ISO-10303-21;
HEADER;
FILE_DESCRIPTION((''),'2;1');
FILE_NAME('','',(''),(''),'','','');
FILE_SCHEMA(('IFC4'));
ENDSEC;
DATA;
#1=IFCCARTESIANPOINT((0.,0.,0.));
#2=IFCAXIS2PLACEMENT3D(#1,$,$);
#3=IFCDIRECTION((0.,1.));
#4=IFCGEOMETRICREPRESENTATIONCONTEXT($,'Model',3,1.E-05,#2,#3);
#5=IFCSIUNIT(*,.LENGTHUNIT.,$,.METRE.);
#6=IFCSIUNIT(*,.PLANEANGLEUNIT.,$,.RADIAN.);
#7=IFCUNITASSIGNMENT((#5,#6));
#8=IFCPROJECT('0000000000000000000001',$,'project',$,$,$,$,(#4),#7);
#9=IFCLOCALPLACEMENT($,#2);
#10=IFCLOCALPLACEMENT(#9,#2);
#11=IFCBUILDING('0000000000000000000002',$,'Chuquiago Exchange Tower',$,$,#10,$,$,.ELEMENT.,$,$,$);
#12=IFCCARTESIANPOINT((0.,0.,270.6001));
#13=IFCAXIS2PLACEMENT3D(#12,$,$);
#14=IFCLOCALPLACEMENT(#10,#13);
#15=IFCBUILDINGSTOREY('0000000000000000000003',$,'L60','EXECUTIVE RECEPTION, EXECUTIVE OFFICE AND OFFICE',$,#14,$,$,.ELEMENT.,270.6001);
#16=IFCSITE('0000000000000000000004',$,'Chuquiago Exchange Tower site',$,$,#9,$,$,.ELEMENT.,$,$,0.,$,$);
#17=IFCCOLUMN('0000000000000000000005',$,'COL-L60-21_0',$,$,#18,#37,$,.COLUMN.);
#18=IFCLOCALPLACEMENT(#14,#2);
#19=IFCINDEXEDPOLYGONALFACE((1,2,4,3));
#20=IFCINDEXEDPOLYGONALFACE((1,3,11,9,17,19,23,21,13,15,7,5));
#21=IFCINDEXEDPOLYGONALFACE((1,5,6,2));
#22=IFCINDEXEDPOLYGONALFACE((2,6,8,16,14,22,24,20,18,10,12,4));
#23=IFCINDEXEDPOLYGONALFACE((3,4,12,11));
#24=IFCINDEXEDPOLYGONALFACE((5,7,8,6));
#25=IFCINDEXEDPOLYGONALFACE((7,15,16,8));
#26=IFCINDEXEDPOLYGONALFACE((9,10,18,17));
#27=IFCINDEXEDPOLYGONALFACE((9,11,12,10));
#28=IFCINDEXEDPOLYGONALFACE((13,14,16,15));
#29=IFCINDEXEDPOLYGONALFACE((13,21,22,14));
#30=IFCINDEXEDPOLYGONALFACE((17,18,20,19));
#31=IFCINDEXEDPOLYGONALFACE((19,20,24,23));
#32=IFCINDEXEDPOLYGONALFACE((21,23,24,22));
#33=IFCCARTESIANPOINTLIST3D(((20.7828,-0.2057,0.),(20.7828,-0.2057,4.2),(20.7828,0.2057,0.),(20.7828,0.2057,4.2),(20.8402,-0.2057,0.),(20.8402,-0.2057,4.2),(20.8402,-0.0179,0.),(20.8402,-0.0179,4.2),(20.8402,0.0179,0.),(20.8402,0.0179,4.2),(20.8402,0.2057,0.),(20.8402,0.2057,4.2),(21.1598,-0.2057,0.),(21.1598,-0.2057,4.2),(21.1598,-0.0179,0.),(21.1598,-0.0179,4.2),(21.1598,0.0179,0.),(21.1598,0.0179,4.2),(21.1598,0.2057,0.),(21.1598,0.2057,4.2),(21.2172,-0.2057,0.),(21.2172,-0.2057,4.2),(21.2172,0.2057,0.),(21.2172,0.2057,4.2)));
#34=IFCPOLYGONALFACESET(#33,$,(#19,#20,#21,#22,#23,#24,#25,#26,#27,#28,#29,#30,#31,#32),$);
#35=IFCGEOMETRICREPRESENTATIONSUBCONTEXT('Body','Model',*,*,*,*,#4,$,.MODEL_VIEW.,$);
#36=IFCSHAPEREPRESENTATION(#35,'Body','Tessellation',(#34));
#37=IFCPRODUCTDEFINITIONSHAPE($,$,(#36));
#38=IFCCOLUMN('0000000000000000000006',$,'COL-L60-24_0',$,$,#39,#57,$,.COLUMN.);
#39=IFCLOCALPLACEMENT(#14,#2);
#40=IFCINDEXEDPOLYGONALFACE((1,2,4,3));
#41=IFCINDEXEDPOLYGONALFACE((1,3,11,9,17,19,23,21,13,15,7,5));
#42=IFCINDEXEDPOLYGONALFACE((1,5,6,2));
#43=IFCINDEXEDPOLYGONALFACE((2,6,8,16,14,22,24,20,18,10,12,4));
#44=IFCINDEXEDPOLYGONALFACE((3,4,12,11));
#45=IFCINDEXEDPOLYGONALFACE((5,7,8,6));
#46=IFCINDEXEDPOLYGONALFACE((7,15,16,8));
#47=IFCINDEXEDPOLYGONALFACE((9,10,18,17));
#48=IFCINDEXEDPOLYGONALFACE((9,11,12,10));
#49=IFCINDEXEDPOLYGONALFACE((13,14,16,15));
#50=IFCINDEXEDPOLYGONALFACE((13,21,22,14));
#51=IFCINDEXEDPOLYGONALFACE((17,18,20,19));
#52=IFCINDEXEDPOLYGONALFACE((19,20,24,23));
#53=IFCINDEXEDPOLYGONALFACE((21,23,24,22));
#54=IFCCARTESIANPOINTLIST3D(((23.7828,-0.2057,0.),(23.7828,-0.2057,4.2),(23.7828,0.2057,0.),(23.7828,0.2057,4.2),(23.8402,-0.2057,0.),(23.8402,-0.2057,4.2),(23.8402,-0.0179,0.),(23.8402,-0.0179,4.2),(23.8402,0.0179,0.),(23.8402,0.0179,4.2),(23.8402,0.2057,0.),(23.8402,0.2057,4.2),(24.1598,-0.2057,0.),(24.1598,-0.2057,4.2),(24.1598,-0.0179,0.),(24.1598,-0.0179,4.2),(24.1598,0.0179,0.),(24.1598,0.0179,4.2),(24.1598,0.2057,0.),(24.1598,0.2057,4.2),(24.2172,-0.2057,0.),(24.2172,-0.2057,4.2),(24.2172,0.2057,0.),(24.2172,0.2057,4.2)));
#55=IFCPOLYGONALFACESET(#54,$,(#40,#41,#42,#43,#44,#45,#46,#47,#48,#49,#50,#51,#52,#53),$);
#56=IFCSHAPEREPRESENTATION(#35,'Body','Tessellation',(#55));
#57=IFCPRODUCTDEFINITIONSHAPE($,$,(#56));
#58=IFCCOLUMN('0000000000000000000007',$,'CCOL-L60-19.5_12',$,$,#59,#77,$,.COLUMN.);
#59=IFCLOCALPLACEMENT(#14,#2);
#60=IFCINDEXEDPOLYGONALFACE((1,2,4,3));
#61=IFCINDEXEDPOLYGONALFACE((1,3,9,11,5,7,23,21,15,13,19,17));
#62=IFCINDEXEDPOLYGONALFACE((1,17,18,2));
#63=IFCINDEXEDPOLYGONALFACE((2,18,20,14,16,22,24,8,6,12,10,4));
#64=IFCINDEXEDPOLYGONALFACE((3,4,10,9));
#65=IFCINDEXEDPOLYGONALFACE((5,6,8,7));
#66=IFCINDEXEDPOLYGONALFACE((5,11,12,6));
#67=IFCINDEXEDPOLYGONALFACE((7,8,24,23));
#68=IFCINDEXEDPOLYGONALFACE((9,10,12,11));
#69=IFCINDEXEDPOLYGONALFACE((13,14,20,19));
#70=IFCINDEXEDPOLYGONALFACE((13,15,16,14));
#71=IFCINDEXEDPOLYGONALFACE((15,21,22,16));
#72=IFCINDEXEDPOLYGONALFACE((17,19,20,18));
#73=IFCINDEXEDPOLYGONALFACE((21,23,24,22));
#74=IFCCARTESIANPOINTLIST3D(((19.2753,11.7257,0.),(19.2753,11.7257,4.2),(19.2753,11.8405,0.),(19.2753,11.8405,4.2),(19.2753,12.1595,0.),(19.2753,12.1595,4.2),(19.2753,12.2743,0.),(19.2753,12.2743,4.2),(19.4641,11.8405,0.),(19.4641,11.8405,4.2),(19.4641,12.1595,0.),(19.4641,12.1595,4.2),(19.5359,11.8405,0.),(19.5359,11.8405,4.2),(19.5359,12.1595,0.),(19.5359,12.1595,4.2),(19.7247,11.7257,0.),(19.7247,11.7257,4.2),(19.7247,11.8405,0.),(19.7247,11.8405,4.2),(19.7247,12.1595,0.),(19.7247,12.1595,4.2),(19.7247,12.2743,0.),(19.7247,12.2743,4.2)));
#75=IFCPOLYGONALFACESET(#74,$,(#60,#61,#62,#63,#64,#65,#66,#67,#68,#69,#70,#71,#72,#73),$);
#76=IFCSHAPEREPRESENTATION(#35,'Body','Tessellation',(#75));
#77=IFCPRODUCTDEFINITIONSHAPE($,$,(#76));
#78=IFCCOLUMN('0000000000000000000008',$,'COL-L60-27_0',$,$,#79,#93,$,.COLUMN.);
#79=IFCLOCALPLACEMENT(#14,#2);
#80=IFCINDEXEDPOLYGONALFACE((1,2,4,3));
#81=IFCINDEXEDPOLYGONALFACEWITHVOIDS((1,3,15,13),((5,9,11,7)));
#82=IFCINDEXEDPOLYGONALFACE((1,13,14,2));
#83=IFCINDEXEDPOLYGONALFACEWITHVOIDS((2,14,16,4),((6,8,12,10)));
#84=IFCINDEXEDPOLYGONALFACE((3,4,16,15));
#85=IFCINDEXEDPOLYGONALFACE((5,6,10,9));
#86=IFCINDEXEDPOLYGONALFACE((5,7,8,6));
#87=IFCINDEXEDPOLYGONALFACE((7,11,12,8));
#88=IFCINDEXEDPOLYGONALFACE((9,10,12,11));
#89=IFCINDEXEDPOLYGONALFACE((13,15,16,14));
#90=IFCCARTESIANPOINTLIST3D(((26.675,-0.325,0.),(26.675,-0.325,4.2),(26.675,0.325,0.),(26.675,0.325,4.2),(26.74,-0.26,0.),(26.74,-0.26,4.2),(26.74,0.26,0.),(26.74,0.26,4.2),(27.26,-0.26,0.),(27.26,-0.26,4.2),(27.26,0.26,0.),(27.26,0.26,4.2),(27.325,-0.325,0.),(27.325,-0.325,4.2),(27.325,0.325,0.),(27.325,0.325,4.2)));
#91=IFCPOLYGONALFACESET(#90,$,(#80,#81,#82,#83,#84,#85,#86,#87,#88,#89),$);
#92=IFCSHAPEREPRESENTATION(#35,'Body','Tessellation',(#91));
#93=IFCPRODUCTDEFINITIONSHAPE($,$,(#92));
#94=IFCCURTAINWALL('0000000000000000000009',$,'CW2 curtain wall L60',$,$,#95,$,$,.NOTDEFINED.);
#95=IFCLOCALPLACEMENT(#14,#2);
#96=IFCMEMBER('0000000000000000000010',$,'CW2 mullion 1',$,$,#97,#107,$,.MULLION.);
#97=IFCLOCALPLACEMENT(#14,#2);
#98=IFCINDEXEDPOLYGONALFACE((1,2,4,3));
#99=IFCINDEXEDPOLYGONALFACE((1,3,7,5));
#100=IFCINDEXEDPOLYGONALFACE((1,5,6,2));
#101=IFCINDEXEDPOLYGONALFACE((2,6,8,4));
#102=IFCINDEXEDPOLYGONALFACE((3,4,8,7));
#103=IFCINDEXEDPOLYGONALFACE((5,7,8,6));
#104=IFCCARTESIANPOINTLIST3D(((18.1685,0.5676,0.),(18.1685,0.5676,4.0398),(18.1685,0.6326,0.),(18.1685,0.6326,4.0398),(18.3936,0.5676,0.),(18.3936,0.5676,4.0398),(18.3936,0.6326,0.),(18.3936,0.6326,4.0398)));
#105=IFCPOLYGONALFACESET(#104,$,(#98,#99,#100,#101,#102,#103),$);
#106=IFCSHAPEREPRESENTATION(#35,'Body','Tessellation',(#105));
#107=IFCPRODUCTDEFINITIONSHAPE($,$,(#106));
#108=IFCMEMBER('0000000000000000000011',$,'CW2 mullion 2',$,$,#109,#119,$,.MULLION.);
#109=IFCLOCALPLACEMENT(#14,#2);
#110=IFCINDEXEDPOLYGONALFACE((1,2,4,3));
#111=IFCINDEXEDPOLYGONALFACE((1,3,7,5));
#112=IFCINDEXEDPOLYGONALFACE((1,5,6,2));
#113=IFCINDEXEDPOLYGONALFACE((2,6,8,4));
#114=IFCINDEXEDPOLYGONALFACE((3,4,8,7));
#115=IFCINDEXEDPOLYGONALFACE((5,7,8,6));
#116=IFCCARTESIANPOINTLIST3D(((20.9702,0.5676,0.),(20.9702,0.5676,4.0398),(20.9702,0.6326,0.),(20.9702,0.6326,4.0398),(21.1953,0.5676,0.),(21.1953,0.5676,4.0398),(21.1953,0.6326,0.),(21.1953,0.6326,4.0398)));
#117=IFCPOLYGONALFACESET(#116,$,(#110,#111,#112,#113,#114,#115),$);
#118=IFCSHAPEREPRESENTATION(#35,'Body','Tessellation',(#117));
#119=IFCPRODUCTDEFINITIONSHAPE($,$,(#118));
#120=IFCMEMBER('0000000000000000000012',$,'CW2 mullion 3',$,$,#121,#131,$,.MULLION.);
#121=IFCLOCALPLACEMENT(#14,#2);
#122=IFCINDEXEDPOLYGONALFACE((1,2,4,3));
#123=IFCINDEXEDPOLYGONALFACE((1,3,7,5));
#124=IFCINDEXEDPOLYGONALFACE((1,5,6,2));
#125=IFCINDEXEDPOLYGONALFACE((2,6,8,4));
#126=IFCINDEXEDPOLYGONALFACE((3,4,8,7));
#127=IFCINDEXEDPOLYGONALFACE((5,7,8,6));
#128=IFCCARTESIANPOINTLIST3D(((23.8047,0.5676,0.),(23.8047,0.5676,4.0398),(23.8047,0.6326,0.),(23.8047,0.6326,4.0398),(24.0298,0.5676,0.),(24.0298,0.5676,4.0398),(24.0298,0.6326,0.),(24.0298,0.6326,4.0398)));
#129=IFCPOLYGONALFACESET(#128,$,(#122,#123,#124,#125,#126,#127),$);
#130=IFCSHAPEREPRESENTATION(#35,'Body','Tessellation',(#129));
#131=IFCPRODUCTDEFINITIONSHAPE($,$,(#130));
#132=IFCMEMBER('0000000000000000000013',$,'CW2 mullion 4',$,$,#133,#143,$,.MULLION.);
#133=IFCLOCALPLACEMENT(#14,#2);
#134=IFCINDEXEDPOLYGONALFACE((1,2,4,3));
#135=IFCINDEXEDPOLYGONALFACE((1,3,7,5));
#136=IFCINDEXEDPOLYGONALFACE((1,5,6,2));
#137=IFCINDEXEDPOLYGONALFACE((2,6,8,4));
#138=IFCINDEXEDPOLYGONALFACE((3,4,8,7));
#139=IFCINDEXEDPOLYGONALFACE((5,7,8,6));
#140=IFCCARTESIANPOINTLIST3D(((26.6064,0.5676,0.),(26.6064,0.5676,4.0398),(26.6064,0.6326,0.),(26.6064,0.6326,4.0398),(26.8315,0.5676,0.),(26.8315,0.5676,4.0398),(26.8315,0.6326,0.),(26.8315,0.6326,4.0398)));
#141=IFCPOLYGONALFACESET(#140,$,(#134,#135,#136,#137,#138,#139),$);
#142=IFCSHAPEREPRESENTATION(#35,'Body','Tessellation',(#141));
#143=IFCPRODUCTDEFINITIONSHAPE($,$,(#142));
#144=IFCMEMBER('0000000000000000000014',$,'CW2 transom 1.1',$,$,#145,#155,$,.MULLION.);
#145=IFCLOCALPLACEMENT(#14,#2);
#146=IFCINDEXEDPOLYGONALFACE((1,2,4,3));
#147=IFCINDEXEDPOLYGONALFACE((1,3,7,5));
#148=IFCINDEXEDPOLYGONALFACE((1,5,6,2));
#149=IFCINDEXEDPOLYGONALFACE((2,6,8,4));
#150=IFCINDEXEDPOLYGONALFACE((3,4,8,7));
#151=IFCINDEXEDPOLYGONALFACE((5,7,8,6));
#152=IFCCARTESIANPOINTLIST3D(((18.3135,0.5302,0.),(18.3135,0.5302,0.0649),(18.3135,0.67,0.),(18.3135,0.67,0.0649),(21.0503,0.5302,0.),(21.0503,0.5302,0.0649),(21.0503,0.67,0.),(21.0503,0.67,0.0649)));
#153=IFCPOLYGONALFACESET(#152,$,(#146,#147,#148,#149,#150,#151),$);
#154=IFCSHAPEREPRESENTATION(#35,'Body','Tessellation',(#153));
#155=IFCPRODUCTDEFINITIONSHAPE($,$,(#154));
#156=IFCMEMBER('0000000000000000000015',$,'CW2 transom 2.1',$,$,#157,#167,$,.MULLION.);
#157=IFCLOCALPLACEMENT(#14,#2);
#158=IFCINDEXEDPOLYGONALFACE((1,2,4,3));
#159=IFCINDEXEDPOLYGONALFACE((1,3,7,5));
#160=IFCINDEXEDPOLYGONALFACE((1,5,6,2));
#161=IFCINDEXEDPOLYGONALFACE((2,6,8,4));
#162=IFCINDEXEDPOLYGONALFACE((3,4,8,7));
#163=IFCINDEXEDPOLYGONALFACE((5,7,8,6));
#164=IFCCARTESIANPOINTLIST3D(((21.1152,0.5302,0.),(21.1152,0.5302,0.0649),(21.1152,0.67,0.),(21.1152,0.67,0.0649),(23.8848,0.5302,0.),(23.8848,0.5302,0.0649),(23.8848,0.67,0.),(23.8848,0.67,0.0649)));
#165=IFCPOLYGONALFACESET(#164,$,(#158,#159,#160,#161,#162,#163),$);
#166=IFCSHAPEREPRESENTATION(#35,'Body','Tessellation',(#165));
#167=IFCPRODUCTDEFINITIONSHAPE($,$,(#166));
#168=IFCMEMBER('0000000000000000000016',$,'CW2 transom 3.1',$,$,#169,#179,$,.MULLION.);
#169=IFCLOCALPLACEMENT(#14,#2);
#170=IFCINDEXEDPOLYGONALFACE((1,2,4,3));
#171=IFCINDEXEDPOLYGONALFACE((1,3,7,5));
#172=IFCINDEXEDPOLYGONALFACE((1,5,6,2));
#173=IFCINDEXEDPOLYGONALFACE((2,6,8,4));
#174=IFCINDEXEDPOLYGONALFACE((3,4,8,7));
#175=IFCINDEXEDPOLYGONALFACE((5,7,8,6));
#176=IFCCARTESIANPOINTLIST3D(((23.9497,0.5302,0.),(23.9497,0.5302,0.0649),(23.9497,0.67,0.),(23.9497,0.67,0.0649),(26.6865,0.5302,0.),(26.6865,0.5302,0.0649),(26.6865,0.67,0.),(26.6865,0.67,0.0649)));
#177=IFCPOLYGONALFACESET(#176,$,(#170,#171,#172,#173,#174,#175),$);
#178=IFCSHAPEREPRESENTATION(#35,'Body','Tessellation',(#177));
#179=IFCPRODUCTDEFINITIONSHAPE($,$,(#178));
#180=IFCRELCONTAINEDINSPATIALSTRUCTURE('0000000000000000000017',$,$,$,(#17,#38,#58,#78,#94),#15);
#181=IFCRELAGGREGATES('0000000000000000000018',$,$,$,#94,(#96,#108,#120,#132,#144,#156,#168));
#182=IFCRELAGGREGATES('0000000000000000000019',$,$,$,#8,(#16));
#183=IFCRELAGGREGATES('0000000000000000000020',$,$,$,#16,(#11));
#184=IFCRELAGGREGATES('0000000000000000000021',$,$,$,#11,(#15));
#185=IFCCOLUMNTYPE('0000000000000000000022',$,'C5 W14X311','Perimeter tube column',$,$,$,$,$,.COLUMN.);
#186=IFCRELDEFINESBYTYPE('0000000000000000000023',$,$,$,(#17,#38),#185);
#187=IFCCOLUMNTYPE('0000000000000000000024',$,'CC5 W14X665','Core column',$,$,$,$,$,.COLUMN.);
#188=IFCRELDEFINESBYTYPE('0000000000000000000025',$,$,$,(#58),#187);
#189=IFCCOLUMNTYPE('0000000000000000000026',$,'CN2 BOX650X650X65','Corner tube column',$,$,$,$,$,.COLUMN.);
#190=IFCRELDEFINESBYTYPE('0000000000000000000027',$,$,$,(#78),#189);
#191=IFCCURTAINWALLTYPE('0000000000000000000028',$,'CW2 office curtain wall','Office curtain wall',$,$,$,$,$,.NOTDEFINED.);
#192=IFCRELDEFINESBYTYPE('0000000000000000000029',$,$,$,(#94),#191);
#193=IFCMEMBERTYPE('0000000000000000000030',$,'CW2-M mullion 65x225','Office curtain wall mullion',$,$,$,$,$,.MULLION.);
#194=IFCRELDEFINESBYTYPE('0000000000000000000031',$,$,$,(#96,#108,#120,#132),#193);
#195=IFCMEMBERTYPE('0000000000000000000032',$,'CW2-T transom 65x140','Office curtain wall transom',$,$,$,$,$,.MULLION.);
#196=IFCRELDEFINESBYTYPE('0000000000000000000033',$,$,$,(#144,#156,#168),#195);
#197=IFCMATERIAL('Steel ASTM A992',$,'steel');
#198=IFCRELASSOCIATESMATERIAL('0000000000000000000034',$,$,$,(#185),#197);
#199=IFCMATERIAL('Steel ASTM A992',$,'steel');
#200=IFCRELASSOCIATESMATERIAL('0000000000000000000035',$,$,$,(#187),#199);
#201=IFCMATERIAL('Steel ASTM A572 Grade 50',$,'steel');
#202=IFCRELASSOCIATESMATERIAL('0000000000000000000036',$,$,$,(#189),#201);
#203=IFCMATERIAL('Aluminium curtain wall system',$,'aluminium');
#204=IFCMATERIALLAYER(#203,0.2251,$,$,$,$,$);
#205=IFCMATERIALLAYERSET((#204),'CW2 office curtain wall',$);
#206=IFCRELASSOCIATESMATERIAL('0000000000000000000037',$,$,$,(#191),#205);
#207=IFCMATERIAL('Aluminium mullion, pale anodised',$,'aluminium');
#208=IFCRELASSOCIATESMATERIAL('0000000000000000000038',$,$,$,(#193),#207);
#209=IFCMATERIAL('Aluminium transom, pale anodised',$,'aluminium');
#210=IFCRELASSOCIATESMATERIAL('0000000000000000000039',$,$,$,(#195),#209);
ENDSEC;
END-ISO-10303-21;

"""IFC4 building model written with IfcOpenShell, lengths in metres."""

from ifc_helpers import new_model, si_unit, direction, frame, origin, origin_2d, place, context, subcontext, project, spatial, rectangle, hollow_rectangle, i_section, extrude, material, layer, layer_set, material_profile, profile_set, type_object, element, aggregate, save


model = new_model("IFC4")

# Units and contexts
model_context = context("Model", 3, precision=1e-05, world=origin(), true_north=direction((0.0, 1.0)))
body_context = subcontext(model_context, "Body", "Model", "MODEL_VIEW")
ifc_project = project(units=[si_unit("LENGTHUNIT", "METRE"), si_unit("PLANEANGLEUNIT", "RADIAN")], contexts=[model_context])

# Site, building, storey
site_placement = place(None, origin())
site = spatial("IfcSite", under=ifc_project, at=site_placement, Name="Chuquiago Exchange Tower site", CompositionType="ELEMENT", RefElevation=0.0)
building_placement = place(site_placement, origin())
building = spatial("IfcBuilding", under=site, at=building_placement, Name="Chuquiago Exchange Tower", CompositionType="ELEMENT")
storey_placement = place(building_placement, frame((0.0, 0.0, 270.6001)))
storey = spatial("IfcBuildingStorey", under=building, at=storey_placement, Name="L60", Description="EXECUTIVE RECEPTION, EXECUTIVE OFFICE AND OFFICE", CompositionType="ELEMENT", Elevation=270.6001)

# Columns
ifc_material_1 = material(Name="Steel ASTM A992", Category="steel")
ifc_material_profile_1 = material_profile(ifc_material_1, i_section(OverallWidth=0.4114, OverallDepth=0.4343, WebThickness=0.0359, FlangeThickness=0.0574, at=origin_2d()), Name="W14X311")
ifc_profile_set_1 = profile_set([ifc_material_profile_1], Name="Steel ASTM A992")
column_type_1 = type_object("IfcColumnType", Name="C5 W14X311", Description="Perimeter tube column", PredefinedType="COLUMN", material=ifc_profile_set_1)
for number, where, z_axis, x_axis, name in (
    (1, (21.0, 0.0, 0.0), (0.0, 0.0, 1.0), (0.0, -1.0, 0.0), "COL-L60-21_0"),
    (2, (24.0, 0.0, 0.0), (0.0, 0.0, 1.0), (0.0, -1.0, 0.0), "COL-L60-24_0"),
):
    element("IfcColumn", number, at=place(storey_placement, frame(where, z_axis=z_axis, x_axis=x_axis)), inside=storey, type_object=column_type_1, Name=name, PredefinedType="COLUMN", context=body_context, shape_type="SweptSolid", body=[
        extrude(i_section(OverallWidth=0.4114, OverallDepth=0.4343, WebThickness=0.0359, FlangeThickness=0.0574, at=origin_2d()), origin(), (0.0, 0.0, 1.0), 4.2),
    ])
ifc_material_2 = material(Name="Steel ASTM A992", Category="steel")
ifc_material_profile_2 = material_profile(ifc_material_2, i_section(OverallWidth=0.4495, OverallDepth=0.5486, WebThickness=0.0718, FlangeThickness=0.1147, at=origin_2d()), Name="W14X665")
ifc_profile_set_2 = profile_set([ifc_material_profile_2], Name="Steel ASTM A992")
column_type_2 = type_object("IfcColumnType", Name="CC5 W14X665", Description="Core column", PredefinedType="COLUMN", material=ifc_profile_set_2)
column_1_placement = place(storey_placement, frame((19.5, 12.0, 0.0), z_axis=(0.0, 0.0, 1.0), x_axis=(1.0, 0.0, 0.0)))
element("IfcColumn", 3, at=column_1_placement, inside=storey, type_object=column_type_2, Name="CCOL-L60-19.5_12", PredefinedType="COLUMN", context=body_context, shape_type="SweptSolid", body=[
    extrude(i_section(OverallWidth=0.4495, OverallDepth=0.5486, WebThickness=0.0718, FlangeThickness=0.1147, at=origin_2d()), origin(), (0.0, 0.0, 1.0), 4.2),
])
ifc_material_3 = material(Name="Steel ASTM A572 Grade 50", Category="steel")
ifc_material_profile_3 = material_profile(ifc_material_3, hollow_rectangle(XDim=0.6499, YDim=0.6499, WallThickness=0.0649, at=origin_2d()), Name="BOX650X650X65")
ifc_profile_set_3 = profile_set([ifc_material_profile_3], Name="Steel ASTM A572 Grade 50")
column_type_3 = type_object("IfcColumnType", Name="CN2 BOX650X650X65", Description="Corner tube column", PredefinedType="COLUMN", material=ifc_profile_set_3)
column_2_placement = place(storey_placement, frame((27.0, 0.0, 0.0), z_axis=(0.0, 0.0, 1.0), x_axis=(0.0, -1.0, 0.0)))
element("IfcColumn", 4, at=column_2_placement, inside=storey, type_object=column_type_3, Name="COL-L60-27_0", PredefinedType="COLUMN", context=body_context, shape_type="SweptSolid", body=[
    extrude(hollow_rectangle(XDim=0.6499, YDim=0.6499, WallThickness=0.0649, at=origin_2d()), origin(), (0.0, 0.0, 1.0), 4.2),
])

# Curtain wall, members
ifc_material_4 = material(Name="Aluminium curtain wall system", Category="aluminium")
ifc_layer_1 = layer(ifc_material_4, 0.2251)
ifc_layer_set_1 = layer_set([ifc_layer_1], Name="CW2 office curtain wall")
curtain_wall_type_1 = type_object("IfcCurtainWallType", Name="CW2 office curtain wall", Description="Office curtain wall", PredefinedType="NOTDEFINED", material=ifc_layer_set_1)
curtain_wall_1_placement = place(storey_placement, origin())
curtain_wall_1 = element("IfcCurtainWall", 5, at=curtain_wall_1_placement, inside=storey, type_object=curtain_wall_type_1, Name="CW2 curtain wall L60", PredefinedType="NOTDEFINED")
ifc_material_5 = material(Name="Aluminium mullion, pale anodised", Category="aluminium")
ifc_material_profile_4 = material_profile(ifc_material_5, rectangle(XDim=0.0649, YDim=0.2251, at=origin_2d()), Name="AL 65x225")
ifc_profile_set_4 = profile_set([ifc_material_profile_4], Name="Aluminium mullion, pale anodised")
member_type_1 = type_object("IfcMemberType", Name="CW2-M mullion 65x225", Description="Office curtain wall mullion", PredefinedType="MULLION", material=ifc_profile_set_4)
member_1_placement = place(storey_placement, frame((18.281, 0.6001, 0.0), z_axis=(0.0, 0.0, 1.0), x_axis=(0.0, 1.0, 0.0)))
member_1 = element("IfcMember", 6, at=member_1_placement, type_object=member_type_1, Name="CW2 mullion 1", PredefinedType="MULLION", context=body_context, shape_type="SweptSolid", body=[
    extrude(rectangle(XDim=0.0649, YDim=0.2251, at=origin_2d()), origin(), (0.0, 0.0, 1.0), 4.0398),
])
member_2_placement = place(storey_placement, frame((21.0828, 0.6001, 0.0), z_axis=(0.0, 0.0, 1.0), x_axis=(0.0, 1.0, 0.0)))
member_2 = element("IfcMember", 7, at=member_2_placement, type_object=member_type_1, Name="CW2 mullion 2", PredefinedType="MULLION", context=body_context, shape_type="SweptSolid", body=[
    extrude(rectangle(XDim=0.0649, YDim=0.2251, at=origin_2d()), origin(), (0.0, 0.0, 1.0), 4.0398),
])
member_3_placement = place(storey_placement, frame((23.9172, 0.6001, 0.0), z_axis=(0.0, 0.0, 1.0), x_axis=(0.0, 1.0, 0.0)))
member_3 = element("IfcMember", 8, at=member_3_placement, type_object=member_type_1, Name="CW2 mullion 3", PredefinedType="MULLION", context=body_context, shape_type="SweptSolid", body=[
    extrude(rectangle(XDim=0.0649, YDim=0.2251, at=origin_2d()), origin(), (0.0, 0.0, 1.0), 4.0398),
])
member_4_placement = place(storey_placement, frame((26.719, 0.6001, 0.0), z_axis=(0.0, 0.0, 1.0), x_axis=(0.0, 1.0, 0.0)))
member_4 = element("IfcMember", 9, at=member_4_placement, type_object=member_type_1, Name="CW2 mullion 4", PredefinedType="MULLION", context=body_context, shape_type="SweptSolid", body=[
    extrude(rectangle(XDim=0.0649, YDim=0.2251, at=origin_2d()), origin(), (0.0, 0.0, 1.0), 4.0398),
])
ifc_material_6 = material(Name="Aluminium transom, pale anodised", Category="aluminium")
ifc_material_profile_5 = material_profile(ifc_material_6, rectangle(XDim=0.1399, YDim=0.0649, at=origin_2d()), Name="AL 140x65")
ifc_profile_set_5 = profile_set([ifc_material_profile_5], Name="Aluminium transom, pale anodised")
member_type_2 = type_object("IfcMemberType", Name="CW2-T transom 65x140", Description="Office curtain wall transom", PredefinedType="MULLION", material=ifc_profile_set_5)
member_5_placement = place(storey_placement, frame((18.3135, 0.6001, 0.0325), z_axis=(1.0, 0.0, 0.0), x_axis=(0.0, 1.0, 0.0)))
member_5 = element("IfcMember", 10, at=member_5_placement, type_object=member_type_2, Name="CW2 transom 1.1", PredefinedType="MULLION", context=body_context, shape_type="SweptSolid", body=[
    extrude(rectangle(XDim=0.1399, YDim=0.0649, at=origin_2d()), origin(), (0.0, 0.0, 1.0), 2.7368),
])
member_6_placement = place(storey_placement, frame((21.1152, 0.6001, 0.0325), z_axis=(1.0, 0.0, 0.0), x_axis=(0.0, 1.0, 0.0)))
member_6 = element("IfcMember", 11, at=member_6_placement, type_object=member_type_2, Name="CW2 transom 2.1", PredefinedType="MULLION", context=body_context, shape_type="SweptSolid", body=[
    extrude(rectangle(XDim=0.1399, YDim=0.0649, at=origin_2d()), origin(), (0.0, 0.0, 1.0), 2.7695),
])
member_7_placement = place(storey_placement, frame((23.9497, 0.6001, 0.0325), z_axis=(1.0, 0.0, 0.0), x_axis=(0.0, 1.0, 0.0)))
member_7 = element("IfcMember", 12, at=member_7_placement, type_object=member_type_2, Name="CW2 transom 3.1", PredefinedType="MULLION", context=body_context, shape_type="SweptSolid", body=[
    extrude(rectangle(XDim=0.1399, YDim=0.0649, at=origin_2d()), origin(), (0.0, 0.0, 1.0), 2.7368),
])

aggregate(curtain_wall_1, [member_1, member_2, member_3, member_4, member_5, member_6, member_7])

save(model, "model.ifc")
